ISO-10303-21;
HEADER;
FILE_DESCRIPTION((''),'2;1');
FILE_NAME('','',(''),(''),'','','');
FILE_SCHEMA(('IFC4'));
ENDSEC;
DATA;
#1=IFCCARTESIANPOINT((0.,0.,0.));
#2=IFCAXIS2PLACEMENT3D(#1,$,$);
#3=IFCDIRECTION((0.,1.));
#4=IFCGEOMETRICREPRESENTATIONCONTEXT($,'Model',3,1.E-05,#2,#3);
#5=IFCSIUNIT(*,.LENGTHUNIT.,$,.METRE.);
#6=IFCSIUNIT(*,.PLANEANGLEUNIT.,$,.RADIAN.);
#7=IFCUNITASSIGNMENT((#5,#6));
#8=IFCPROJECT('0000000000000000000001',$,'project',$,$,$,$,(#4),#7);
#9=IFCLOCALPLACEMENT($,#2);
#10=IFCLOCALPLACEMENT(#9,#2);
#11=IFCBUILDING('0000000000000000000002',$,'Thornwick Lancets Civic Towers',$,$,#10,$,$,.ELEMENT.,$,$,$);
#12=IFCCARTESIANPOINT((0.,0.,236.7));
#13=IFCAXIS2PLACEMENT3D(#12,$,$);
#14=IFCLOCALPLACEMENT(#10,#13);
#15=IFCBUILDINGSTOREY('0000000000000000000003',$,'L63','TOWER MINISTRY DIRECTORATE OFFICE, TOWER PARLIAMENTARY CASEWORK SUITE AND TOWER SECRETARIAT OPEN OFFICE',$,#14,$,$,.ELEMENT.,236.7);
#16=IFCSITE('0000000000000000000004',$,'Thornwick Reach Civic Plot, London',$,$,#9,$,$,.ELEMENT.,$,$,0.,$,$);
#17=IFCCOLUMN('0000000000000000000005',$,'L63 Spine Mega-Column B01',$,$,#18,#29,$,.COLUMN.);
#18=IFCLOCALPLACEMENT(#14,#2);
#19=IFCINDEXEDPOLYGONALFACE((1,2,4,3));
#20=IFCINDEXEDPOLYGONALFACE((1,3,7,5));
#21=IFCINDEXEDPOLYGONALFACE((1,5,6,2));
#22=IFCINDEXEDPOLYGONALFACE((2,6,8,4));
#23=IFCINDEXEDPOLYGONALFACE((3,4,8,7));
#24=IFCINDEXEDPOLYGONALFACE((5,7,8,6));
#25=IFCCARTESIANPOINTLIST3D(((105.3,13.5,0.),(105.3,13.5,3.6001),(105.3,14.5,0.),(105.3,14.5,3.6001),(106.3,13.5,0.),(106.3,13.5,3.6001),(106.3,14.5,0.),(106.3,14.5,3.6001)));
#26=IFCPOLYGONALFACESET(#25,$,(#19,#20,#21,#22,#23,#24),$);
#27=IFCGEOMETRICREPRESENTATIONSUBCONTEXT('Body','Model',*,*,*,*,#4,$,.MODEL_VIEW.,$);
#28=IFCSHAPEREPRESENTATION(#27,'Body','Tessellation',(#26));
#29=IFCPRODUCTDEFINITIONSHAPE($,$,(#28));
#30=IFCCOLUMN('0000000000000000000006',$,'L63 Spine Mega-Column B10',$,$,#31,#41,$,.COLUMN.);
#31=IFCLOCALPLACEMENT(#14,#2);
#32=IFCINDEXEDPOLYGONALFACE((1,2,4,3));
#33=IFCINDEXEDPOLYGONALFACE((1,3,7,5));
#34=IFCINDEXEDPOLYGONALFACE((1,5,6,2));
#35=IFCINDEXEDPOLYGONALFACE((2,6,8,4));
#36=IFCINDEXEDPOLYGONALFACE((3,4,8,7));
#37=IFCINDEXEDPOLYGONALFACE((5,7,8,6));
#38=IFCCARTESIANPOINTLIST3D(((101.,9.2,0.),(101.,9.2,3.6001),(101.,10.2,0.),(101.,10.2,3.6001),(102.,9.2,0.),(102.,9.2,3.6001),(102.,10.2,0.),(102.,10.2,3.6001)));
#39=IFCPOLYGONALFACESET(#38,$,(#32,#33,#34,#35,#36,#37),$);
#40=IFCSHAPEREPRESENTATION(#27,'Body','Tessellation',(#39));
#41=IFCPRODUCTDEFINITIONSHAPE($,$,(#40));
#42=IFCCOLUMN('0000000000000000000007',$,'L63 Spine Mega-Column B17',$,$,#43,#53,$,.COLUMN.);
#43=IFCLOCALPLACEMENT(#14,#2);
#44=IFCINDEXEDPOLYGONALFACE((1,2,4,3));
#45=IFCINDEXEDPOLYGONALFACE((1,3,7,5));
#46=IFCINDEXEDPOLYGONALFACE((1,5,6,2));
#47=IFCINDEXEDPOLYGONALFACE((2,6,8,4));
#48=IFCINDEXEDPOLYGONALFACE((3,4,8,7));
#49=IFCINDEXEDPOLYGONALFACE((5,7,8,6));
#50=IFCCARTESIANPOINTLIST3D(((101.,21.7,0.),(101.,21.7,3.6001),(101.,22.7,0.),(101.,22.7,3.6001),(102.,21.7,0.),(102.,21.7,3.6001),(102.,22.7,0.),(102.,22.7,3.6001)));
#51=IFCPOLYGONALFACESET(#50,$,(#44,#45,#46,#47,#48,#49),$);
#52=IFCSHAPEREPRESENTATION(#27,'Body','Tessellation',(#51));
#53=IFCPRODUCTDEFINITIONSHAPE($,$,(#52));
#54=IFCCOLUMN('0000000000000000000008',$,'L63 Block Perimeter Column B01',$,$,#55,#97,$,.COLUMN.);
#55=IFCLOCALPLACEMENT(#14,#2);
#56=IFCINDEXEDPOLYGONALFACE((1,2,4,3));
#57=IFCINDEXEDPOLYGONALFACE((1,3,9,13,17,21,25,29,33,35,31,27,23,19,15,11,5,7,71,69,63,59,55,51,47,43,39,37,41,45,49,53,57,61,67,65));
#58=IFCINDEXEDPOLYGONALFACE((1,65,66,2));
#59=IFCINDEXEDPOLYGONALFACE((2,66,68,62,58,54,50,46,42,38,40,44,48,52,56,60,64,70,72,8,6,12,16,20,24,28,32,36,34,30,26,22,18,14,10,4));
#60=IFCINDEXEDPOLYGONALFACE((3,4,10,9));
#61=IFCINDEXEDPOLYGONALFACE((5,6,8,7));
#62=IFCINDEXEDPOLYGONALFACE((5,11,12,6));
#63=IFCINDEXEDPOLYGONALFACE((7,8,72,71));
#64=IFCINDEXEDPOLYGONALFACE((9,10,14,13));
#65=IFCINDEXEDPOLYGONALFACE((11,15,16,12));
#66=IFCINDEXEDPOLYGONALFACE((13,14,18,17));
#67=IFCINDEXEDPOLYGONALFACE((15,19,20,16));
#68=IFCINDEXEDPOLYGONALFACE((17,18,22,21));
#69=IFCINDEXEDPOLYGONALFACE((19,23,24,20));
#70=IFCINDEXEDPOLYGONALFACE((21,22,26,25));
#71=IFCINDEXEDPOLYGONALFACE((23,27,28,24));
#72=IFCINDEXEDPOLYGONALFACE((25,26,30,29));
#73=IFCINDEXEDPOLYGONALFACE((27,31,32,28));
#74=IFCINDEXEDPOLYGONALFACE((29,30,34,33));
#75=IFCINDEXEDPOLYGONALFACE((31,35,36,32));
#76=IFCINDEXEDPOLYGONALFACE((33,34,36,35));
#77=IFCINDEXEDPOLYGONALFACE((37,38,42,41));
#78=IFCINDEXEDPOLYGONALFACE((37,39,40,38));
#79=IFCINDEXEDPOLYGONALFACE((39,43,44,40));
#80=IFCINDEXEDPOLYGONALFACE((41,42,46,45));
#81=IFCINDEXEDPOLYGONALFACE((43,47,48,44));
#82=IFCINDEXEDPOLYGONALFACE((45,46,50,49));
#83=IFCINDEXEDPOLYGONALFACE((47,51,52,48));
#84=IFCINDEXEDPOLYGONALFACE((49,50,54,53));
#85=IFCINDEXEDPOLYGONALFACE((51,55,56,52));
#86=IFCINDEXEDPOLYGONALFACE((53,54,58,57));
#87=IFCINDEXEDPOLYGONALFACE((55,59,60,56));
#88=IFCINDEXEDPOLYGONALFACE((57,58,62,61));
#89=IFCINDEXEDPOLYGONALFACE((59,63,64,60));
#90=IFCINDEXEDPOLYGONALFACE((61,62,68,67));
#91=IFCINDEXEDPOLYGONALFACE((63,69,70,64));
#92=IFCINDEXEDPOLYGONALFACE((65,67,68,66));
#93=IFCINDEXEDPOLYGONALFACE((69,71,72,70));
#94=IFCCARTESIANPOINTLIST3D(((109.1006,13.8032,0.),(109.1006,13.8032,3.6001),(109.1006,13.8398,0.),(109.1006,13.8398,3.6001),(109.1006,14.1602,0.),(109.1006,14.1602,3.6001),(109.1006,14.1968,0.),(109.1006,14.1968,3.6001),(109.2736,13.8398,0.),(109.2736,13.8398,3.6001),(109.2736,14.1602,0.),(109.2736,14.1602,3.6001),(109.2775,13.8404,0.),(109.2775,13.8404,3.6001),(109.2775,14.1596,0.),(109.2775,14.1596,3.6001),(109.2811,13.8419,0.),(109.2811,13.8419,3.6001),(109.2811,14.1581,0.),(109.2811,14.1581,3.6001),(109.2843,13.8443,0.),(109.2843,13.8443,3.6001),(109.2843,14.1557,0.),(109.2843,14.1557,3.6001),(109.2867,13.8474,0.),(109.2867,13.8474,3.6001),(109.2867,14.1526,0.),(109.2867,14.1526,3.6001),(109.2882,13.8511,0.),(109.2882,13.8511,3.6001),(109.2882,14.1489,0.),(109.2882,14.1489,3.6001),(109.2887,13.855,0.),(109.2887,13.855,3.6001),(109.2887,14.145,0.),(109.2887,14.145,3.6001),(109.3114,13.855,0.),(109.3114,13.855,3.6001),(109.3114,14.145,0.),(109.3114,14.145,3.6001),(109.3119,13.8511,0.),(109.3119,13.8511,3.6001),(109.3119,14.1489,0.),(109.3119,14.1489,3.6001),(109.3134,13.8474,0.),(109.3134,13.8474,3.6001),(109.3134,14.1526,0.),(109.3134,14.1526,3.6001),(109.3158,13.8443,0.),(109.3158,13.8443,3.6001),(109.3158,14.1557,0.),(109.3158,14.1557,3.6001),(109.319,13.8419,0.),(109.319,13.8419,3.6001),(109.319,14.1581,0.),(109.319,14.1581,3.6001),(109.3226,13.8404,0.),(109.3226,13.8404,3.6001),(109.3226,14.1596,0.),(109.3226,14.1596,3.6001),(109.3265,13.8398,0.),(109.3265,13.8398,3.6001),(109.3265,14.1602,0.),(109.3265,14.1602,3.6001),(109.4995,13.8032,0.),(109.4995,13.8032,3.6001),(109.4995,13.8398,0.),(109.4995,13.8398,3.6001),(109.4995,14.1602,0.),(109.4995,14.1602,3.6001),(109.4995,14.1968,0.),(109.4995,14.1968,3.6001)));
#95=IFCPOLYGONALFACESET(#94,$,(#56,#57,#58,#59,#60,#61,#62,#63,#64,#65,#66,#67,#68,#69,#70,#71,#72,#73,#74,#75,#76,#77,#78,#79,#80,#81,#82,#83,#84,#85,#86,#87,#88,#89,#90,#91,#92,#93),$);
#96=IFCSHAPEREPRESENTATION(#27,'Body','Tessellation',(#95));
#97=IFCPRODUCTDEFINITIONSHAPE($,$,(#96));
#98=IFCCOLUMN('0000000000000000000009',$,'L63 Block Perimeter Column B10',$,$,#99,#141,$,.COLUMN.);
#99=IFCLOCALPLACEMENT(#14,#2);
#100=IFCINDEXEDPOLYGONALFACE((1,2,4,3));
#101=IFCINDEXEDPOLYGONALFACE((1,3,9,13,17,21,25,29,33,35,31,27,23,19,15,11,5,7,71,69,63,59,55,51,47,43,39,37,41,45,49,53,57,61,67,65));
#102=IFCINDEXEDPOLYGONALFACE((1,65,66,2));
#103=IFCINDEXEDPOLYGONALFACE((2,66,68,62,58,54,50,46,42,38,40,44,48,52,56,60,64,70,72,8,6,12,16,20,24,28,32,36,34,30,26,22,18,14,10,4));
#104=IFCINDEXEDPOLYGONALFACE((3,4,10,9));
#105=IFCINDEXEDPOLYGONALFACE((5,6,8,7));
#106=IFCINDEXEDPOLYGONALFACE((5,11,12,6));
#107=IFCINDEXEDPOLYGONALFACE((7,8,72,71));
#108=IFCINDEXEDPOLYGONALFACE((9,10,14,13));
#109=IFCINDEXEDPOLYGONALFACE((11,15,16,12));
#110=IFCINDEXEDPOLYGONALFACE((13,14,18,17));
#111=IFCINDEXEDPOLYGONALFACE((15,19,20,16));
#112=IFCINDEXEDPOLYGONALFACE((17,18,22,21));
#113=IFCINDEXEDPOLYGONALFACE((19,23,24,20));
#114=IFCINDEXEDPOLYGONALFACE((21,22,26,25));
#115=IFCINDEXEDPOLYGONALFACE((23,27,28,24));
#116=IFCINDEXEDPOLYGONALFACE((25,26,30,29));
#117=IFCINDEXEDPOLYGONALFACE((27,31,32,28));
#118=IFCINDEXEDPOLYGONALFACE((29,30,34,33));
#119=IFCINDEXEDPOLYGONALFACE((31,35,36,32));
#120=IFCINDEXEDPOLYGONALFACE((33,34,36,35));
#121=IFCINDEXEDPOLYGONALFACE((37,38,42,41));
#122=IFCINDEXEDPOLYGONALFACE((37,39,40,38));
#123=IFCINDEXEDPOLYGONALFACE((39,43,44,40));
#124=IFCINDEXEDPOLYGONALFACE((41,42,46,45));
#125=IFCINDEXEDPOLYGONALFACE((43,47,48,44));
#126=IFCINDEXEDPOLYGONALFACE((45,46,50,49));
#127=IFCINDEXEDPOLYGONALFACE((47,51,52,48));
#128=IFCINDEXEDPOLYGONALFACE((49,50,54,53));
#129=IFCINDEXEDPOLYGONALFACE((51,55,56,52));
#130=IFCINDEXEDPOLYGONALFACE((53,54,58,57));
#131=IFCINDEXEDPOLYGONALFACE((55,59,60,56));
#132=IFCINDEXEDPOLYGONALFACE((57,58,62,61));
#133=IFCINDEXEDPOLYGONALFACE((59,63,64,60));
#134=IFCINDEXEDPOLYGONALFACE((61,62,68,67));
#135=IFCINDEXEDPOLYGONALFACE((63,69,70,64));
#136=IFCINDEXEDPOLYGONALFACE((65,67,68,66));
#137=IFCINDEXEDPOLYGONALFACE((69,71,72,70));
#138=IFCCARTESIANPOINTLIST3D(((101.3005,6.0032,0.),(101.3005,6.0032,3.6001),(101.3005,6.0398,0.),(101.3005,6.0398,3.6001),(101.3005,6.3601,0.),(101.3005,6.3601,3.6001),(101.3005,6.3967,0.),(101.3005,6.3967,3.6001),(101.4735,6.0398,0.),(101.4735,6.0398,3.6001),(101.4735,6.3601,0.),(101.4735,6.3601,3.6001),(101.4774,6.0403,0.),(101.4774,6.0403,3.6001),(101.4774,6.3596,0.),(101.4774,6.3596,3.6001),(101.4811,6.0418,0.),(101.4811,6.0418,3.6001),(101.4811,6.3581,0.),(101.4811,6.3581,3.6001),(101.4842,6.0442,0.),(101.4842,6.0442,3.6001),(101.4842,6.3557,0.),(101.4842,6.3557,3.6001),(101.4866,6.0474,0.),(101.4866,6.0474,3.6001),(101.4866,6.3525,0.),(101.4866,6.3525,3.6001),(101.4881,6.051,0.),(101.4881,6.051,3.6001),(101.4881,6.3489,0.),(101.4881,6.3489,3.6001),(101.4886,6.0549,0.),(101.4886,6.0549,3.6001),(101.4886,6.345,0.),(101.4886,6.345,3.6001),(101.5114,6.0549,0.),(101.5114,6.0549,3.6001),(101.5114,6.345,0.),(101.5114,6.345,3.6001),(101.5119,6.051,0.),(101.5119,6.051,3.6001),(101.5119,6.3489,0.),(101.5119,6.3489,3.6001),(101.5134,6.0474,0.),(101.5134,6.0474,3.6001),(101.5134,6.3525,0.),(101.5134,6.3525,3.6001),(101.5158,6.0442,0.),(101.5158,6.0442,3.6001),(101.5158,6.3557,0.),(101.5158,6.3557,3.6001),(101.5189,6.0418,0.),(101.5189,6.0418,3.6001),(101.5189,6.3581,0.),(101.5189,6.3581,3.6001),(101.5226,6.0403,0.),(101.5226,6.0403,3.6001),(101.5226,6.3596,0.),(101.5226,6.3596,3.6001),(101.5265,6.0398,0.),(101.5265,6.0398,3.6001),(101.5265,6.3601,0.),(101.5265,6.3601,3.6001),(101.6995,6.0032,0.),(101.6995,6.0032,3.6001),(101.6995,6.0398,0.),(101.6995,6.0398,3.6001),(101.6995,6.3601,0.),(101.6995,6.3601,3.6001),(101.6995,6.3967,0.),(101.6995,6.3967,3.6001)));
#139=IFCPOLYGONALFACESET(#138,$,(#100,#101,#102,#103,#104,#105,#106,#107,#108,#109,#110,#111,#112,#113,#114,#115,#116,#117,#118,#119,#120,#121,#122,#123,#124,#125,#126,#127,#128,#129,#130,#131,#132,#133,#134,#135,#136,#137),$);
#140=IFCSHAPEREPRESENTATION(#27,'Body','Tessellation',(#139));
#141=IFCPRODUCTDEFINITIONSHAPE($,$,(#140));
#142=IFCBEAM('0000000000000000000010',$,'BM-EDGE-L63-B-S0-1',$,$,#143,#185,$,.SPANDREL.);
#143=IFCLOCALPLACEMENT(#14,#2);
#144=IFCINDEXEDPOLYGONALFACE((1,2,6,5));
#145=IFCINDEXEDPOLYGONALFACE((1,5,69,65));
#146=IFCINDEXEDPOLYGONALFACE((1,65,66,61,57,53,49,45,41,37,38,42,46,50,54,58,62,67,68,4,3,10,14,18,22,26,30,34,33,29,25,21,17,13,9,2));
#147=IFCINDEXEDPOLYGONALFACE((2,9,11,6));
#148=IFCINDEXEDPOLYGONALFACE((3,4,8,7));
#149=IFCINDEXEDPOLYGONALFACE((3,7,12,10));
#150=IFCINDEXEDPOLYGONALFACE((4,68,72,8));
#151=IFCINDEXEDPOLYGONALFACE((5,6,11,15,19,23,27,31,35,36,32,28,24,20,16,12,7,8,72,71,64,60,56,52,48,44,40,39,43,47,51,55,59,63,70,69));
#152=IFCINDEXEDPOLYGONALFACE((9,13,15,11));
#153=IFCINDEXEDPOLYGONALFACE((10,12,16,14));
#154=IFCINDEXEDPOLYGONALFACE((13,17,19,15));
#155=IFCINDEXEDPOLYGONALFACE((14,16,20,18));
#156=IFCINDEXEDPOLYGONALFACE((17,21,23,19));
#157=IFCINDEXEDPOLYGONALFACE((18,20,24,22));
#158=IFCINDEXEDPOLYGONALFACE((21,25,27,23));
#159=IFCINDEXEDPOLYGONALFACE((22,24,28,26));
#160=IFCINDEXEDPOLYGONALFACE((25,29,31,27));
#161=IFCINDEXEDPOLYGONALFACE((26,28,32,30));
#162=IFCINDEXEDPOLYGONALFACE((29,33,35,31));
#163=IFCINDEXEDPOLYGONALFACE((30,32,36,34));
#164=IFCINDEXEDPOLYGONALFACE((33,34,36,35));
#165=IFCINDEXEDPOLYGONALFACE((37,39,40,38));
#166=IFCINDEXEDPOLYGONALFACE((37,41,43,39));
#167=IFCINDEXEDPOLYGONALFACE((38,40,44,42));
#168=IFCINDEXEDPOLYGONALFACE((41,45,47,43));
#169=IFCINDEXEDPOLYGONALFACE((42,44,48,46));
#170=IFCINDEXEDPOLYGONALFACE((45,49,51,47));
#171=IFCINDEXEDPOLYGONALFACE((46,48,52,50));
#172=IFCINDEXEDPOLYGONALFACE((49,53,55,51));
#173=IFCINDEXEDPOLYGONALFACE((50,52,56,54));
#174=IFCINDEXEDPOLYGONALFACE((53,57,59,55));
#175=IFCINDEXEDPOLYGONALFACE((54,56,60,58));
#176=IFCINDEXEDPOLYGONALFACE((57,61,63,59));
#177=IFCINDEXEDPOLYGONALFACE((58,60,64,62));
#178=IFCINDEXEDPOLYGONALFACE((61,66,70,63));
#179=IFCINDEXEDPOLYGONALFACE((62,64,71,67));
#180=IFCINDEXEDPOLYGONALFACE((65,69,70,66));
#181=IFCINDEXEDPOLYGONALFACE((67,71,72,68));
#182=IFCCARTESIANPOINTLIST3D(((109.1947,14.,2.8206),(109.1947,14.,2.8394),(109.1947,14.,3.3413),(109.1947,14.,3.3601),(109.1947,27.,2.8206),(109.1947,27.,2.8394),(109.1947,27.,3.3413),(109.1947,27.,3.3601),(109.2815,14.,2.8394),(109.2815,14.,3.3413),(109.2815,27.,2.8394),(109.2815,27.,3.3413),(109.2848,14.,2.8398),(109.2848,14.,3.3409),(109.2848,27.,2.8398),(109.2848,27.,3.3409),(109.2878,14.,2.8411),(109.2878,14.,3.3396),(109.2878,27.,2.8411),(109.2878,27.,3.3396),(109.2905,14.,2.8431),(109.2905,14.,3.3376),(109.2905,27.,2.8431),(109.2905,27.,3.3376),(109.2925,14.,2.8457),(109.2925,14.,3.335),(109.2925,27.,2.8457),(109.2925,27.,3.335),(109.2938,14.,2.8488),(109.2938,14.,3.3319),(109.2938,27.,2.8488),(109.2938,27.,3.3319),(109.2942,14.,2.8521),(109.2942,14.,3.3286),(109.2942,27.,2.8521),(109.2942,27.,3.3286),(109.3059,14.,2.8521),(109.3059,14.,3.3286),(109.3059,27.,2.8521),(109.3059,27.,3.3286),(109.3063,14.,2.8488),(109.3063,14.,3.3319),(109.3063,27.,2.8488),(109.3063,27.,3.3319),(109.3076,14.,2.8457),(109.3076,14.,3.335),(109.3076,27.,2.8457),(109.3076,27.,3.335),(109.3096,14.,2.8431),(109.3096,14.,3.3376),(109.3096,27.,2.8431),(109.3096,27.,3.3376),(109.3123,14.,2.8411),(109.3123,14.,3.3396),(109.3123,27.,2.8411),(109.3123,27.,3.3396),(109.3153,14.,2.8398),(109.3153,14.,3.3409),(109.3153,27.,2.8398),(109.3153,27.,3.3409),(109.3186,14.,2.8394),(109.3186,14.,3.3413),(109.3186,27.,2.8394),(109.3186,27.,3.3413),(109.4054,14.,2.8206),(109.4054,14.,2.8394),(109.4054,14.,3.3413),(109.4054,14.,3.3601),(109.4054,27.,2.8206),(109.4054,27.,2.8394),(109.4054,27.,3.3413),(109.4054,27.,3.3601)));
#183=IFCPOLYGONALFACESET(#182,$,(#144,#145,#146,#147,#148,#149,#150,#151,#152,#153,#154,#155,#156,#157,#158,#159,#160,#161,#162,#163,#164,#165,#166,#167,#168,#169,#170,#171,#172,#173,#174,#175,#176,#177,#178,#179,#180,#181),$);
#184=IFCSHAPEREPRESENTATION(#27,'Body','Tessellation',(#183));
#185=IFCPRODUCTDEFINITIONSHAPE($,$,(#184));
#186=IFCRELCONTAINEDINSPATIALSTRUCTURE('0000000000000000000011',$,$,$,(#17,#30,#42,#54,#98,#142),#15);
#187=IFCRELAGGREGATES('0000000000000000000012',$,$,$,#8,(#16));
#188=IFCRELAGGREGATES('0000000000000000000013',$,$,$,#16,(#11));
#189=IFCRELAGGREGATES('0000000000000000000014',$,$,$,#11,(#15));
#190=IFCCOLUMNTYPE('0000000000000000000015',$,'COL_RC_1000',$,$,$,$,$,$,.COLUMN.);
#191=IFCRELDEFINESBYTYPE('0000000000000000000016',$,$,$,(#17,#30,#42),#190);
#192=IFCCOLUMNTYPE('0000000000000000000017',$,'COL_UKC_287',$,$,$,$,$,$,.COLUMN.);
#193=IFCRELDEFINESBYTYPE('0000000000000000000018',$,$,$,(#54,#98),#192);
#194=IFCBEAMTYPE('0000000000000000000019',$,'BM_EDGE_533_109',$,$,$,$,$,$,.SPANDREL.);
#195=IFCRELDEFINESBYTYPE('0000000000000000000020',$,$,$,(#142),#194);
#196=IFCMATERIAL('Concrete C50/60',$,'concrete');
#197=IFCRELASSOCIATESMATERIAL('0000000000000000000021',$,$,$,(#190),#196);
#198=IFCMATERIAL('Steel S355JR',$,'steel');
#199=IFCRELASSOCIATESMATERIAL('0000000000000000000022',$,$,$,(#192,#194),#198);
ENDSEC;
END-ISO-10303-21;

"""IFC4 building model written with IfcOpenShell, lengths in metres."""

from ifc_helpers import new_model, si_unit, direction, frame, origin, origin_2d, place, context, subcontext, project, spatial, rectangle, i_section, extrude, material, material_profile, profile_set, type_object, element, save


model = new_model("IFC4")

# Units and contexts
model_context = context("Model", 3, precision=1e-05, world=origin(), true_north=direction((0.0, 1.0)))
body_context = subcontext(model_context, "Body", "Model", "MODEL_VIEW")
ifc_project = project(units=[si_unit("LENGTHUNIT", "METRE"), si_unit("PLANEANGLEUNIT", "RADIAN")], contexts=[model_context])

# Site, building, storey
site_placement = place(None, origin())
site = spatial("IfcSite", under=ifc_project, at=site_placement, Name="Thornwick Reach Civic Plot, London", CompositionType="ELEMENT", RefElevation=0.0)
building_placement = place(site_placement, origin())
building = spatial("IfcBuilding", under=site, at=building_placement, Name="Thornwick Lancets Civic Towers", CompositionType="ELEMENT")
storey_placement = place(building_placement, frame((0.0, 0.0, 236.7)))
storey = spatial("IfcBuildingStorey", under=building, at=storey_placement, Name="L63", Description="TOWER MINISTRY DIRECTORATE OFFICE, TOWER PARLIAMENTARY CASEWORK SUITE AND TOWER SECRETARIAT OPEN OFFICE", CompositionType="ELEMENT", Elevation=236.7)

# Columns
ifc_material_1 = material(Name="Concrete C50/60", Category="concrete")
ifc_material_profile_1 = material_profile(ifc_material_1, rectangle(XDim=1.0, YDim=1.0, at=origin_2d()), Name="RC 1000x1000")
ifc_profile_set_1 = profile_set([ifc_material_profile_1], Name="Concrete C50/60")
column_type_1 = type_object("IfcColumnType", Name="COL_RC_1000", PredefinedType="COLUMN", material=ifc_profile_set_1)
for number, where, z_axis, x_axis, name in (
    (1, (105.8, 14.0, 0.0), (0.0, 0.0, 1.0), (1.0, 0.0, 0.0), "L63 Spine Mega-Column B01"),
    (2, (101.5, 9.7, 0.0), (0.0, 0.0, 1.0), (1.0, 0.0, 0.0), "L63 Spine Mega-Column B10"),
    (3, (101.5, 22.2, 0.0), (0.0, 0.0, 1.0), (1.0, 0.0, 0.0), "L63 Spine Mega-Column B17"),
):
    element("IfcColumn", number, at=place(storey_placement, frame(where, z_axis=z_axis, x_axis=x_axis)), inside=storey, type_object=column_type_1, Name=name, PredefinedType="COLUMN", context=body_context, shape_type="SweptSolid", body=[
        extrude(rectangle(XDim=1.0, YDim=1.0, at=origin_2d()), origin(), (0.0, 0.0, 1.0), 3.6001),
    ])
ifc_material_2 = material(Name="Steel S355JR", Category="steel")
ifc_material_profile_2 = material_profile(ifc_material_2, i_section(OverallWidth=0.3989, OverallDepth=0.3936, WebThickness=0.0227, FlangeThickness=0.0366, FilletRadius=0.0151, at=origin_2d()), Name="UKC 356x406x287")
ifc_profile_set_2 = profile_set([ifc_material_profile_2], Name="Steel S355JR")
column_type_2 = type_object("IfcColumnType", Name="COL_UKC_287", PredefinedType="COLUMN", material=ifc_profile_set_2)
for number, where, z_axis, x_axis, name in (
    (4, (109.3, 14.0, 0.0), (0.0, 0.0, 1.0), (1.0, 0.0, 0.0), "L63 Block Perimeter Column B01"),
    (5, (101.5, 6.2, 0.0), (0.0, 0.0, 1.0), (1.0, 0.0, 0.0), "L63 Block Perimeter Column B10"),
):
    element("IfcColumn", number, at=place(storey_placement, frame(where, z_axis=z_axis, x_axis=x_axis)), inside=storey, type_object=column_type_2, Name=name, PredefinedType="COLUMN", context=body_context, shape_type="SweptSolid", body=[
        extrude(i_section(OverallWidth=0.3989, OverallDepth=0.3936, WebThickness=0.0227, FlangeThickness=0.0366, FilletRadius=0.0151, at=origin_2d()), origin(), (0.0, 0.0, 1.0), 3.6001),
    ])

# Beam
ifc_material_profile_3 = material_profile(ifc_material_2, i_section(OverallWidth=0.2107, OverallDepth=0.5396, WebThickness=0.0117, FlangeThickness=0.0188, FilletRadius=0.0127, at=origin_2d()), Name="UKB 533x210x109")
ifc_profile_set_3 = profile_set([ifc_material_profile_3], Name="Steel S355JR")
beam_type_1 = type_object("IfcBeamType", Name="BM_EDGE_533_109", PredefinedType="SPANDREL", material=ifc_profile_set_3)
for number, where, z_axis, x_axis, name in (
    (6, (109.3, 14.0, 3.0903), (0.0, 1.0, 0.0), (-1.0, 0.0, 0.0), "BM-EDGE-L63-B-S0-1"),
):
    element("IfcBeam", number, at=place(storey_placement, frame(where, z_axis=z_axis, x_axis=x_axis)), inside=storey, type_object=beam_type_1, Name=name, PredefinedType="SPANDREL", context=body_context, shape_type="SweptSolid", body=[
        extrude(i_section(OverallWidth=0.2107, OverallDepth=0.5396, WebThickness=0.0117, FlangeThickness=0.0188, FilletRadius=0.0127, at=origin_2d()), origin(), (0.0, 0.0, 1.0), 13.0),
    ])

save(model, "model.ifc")
